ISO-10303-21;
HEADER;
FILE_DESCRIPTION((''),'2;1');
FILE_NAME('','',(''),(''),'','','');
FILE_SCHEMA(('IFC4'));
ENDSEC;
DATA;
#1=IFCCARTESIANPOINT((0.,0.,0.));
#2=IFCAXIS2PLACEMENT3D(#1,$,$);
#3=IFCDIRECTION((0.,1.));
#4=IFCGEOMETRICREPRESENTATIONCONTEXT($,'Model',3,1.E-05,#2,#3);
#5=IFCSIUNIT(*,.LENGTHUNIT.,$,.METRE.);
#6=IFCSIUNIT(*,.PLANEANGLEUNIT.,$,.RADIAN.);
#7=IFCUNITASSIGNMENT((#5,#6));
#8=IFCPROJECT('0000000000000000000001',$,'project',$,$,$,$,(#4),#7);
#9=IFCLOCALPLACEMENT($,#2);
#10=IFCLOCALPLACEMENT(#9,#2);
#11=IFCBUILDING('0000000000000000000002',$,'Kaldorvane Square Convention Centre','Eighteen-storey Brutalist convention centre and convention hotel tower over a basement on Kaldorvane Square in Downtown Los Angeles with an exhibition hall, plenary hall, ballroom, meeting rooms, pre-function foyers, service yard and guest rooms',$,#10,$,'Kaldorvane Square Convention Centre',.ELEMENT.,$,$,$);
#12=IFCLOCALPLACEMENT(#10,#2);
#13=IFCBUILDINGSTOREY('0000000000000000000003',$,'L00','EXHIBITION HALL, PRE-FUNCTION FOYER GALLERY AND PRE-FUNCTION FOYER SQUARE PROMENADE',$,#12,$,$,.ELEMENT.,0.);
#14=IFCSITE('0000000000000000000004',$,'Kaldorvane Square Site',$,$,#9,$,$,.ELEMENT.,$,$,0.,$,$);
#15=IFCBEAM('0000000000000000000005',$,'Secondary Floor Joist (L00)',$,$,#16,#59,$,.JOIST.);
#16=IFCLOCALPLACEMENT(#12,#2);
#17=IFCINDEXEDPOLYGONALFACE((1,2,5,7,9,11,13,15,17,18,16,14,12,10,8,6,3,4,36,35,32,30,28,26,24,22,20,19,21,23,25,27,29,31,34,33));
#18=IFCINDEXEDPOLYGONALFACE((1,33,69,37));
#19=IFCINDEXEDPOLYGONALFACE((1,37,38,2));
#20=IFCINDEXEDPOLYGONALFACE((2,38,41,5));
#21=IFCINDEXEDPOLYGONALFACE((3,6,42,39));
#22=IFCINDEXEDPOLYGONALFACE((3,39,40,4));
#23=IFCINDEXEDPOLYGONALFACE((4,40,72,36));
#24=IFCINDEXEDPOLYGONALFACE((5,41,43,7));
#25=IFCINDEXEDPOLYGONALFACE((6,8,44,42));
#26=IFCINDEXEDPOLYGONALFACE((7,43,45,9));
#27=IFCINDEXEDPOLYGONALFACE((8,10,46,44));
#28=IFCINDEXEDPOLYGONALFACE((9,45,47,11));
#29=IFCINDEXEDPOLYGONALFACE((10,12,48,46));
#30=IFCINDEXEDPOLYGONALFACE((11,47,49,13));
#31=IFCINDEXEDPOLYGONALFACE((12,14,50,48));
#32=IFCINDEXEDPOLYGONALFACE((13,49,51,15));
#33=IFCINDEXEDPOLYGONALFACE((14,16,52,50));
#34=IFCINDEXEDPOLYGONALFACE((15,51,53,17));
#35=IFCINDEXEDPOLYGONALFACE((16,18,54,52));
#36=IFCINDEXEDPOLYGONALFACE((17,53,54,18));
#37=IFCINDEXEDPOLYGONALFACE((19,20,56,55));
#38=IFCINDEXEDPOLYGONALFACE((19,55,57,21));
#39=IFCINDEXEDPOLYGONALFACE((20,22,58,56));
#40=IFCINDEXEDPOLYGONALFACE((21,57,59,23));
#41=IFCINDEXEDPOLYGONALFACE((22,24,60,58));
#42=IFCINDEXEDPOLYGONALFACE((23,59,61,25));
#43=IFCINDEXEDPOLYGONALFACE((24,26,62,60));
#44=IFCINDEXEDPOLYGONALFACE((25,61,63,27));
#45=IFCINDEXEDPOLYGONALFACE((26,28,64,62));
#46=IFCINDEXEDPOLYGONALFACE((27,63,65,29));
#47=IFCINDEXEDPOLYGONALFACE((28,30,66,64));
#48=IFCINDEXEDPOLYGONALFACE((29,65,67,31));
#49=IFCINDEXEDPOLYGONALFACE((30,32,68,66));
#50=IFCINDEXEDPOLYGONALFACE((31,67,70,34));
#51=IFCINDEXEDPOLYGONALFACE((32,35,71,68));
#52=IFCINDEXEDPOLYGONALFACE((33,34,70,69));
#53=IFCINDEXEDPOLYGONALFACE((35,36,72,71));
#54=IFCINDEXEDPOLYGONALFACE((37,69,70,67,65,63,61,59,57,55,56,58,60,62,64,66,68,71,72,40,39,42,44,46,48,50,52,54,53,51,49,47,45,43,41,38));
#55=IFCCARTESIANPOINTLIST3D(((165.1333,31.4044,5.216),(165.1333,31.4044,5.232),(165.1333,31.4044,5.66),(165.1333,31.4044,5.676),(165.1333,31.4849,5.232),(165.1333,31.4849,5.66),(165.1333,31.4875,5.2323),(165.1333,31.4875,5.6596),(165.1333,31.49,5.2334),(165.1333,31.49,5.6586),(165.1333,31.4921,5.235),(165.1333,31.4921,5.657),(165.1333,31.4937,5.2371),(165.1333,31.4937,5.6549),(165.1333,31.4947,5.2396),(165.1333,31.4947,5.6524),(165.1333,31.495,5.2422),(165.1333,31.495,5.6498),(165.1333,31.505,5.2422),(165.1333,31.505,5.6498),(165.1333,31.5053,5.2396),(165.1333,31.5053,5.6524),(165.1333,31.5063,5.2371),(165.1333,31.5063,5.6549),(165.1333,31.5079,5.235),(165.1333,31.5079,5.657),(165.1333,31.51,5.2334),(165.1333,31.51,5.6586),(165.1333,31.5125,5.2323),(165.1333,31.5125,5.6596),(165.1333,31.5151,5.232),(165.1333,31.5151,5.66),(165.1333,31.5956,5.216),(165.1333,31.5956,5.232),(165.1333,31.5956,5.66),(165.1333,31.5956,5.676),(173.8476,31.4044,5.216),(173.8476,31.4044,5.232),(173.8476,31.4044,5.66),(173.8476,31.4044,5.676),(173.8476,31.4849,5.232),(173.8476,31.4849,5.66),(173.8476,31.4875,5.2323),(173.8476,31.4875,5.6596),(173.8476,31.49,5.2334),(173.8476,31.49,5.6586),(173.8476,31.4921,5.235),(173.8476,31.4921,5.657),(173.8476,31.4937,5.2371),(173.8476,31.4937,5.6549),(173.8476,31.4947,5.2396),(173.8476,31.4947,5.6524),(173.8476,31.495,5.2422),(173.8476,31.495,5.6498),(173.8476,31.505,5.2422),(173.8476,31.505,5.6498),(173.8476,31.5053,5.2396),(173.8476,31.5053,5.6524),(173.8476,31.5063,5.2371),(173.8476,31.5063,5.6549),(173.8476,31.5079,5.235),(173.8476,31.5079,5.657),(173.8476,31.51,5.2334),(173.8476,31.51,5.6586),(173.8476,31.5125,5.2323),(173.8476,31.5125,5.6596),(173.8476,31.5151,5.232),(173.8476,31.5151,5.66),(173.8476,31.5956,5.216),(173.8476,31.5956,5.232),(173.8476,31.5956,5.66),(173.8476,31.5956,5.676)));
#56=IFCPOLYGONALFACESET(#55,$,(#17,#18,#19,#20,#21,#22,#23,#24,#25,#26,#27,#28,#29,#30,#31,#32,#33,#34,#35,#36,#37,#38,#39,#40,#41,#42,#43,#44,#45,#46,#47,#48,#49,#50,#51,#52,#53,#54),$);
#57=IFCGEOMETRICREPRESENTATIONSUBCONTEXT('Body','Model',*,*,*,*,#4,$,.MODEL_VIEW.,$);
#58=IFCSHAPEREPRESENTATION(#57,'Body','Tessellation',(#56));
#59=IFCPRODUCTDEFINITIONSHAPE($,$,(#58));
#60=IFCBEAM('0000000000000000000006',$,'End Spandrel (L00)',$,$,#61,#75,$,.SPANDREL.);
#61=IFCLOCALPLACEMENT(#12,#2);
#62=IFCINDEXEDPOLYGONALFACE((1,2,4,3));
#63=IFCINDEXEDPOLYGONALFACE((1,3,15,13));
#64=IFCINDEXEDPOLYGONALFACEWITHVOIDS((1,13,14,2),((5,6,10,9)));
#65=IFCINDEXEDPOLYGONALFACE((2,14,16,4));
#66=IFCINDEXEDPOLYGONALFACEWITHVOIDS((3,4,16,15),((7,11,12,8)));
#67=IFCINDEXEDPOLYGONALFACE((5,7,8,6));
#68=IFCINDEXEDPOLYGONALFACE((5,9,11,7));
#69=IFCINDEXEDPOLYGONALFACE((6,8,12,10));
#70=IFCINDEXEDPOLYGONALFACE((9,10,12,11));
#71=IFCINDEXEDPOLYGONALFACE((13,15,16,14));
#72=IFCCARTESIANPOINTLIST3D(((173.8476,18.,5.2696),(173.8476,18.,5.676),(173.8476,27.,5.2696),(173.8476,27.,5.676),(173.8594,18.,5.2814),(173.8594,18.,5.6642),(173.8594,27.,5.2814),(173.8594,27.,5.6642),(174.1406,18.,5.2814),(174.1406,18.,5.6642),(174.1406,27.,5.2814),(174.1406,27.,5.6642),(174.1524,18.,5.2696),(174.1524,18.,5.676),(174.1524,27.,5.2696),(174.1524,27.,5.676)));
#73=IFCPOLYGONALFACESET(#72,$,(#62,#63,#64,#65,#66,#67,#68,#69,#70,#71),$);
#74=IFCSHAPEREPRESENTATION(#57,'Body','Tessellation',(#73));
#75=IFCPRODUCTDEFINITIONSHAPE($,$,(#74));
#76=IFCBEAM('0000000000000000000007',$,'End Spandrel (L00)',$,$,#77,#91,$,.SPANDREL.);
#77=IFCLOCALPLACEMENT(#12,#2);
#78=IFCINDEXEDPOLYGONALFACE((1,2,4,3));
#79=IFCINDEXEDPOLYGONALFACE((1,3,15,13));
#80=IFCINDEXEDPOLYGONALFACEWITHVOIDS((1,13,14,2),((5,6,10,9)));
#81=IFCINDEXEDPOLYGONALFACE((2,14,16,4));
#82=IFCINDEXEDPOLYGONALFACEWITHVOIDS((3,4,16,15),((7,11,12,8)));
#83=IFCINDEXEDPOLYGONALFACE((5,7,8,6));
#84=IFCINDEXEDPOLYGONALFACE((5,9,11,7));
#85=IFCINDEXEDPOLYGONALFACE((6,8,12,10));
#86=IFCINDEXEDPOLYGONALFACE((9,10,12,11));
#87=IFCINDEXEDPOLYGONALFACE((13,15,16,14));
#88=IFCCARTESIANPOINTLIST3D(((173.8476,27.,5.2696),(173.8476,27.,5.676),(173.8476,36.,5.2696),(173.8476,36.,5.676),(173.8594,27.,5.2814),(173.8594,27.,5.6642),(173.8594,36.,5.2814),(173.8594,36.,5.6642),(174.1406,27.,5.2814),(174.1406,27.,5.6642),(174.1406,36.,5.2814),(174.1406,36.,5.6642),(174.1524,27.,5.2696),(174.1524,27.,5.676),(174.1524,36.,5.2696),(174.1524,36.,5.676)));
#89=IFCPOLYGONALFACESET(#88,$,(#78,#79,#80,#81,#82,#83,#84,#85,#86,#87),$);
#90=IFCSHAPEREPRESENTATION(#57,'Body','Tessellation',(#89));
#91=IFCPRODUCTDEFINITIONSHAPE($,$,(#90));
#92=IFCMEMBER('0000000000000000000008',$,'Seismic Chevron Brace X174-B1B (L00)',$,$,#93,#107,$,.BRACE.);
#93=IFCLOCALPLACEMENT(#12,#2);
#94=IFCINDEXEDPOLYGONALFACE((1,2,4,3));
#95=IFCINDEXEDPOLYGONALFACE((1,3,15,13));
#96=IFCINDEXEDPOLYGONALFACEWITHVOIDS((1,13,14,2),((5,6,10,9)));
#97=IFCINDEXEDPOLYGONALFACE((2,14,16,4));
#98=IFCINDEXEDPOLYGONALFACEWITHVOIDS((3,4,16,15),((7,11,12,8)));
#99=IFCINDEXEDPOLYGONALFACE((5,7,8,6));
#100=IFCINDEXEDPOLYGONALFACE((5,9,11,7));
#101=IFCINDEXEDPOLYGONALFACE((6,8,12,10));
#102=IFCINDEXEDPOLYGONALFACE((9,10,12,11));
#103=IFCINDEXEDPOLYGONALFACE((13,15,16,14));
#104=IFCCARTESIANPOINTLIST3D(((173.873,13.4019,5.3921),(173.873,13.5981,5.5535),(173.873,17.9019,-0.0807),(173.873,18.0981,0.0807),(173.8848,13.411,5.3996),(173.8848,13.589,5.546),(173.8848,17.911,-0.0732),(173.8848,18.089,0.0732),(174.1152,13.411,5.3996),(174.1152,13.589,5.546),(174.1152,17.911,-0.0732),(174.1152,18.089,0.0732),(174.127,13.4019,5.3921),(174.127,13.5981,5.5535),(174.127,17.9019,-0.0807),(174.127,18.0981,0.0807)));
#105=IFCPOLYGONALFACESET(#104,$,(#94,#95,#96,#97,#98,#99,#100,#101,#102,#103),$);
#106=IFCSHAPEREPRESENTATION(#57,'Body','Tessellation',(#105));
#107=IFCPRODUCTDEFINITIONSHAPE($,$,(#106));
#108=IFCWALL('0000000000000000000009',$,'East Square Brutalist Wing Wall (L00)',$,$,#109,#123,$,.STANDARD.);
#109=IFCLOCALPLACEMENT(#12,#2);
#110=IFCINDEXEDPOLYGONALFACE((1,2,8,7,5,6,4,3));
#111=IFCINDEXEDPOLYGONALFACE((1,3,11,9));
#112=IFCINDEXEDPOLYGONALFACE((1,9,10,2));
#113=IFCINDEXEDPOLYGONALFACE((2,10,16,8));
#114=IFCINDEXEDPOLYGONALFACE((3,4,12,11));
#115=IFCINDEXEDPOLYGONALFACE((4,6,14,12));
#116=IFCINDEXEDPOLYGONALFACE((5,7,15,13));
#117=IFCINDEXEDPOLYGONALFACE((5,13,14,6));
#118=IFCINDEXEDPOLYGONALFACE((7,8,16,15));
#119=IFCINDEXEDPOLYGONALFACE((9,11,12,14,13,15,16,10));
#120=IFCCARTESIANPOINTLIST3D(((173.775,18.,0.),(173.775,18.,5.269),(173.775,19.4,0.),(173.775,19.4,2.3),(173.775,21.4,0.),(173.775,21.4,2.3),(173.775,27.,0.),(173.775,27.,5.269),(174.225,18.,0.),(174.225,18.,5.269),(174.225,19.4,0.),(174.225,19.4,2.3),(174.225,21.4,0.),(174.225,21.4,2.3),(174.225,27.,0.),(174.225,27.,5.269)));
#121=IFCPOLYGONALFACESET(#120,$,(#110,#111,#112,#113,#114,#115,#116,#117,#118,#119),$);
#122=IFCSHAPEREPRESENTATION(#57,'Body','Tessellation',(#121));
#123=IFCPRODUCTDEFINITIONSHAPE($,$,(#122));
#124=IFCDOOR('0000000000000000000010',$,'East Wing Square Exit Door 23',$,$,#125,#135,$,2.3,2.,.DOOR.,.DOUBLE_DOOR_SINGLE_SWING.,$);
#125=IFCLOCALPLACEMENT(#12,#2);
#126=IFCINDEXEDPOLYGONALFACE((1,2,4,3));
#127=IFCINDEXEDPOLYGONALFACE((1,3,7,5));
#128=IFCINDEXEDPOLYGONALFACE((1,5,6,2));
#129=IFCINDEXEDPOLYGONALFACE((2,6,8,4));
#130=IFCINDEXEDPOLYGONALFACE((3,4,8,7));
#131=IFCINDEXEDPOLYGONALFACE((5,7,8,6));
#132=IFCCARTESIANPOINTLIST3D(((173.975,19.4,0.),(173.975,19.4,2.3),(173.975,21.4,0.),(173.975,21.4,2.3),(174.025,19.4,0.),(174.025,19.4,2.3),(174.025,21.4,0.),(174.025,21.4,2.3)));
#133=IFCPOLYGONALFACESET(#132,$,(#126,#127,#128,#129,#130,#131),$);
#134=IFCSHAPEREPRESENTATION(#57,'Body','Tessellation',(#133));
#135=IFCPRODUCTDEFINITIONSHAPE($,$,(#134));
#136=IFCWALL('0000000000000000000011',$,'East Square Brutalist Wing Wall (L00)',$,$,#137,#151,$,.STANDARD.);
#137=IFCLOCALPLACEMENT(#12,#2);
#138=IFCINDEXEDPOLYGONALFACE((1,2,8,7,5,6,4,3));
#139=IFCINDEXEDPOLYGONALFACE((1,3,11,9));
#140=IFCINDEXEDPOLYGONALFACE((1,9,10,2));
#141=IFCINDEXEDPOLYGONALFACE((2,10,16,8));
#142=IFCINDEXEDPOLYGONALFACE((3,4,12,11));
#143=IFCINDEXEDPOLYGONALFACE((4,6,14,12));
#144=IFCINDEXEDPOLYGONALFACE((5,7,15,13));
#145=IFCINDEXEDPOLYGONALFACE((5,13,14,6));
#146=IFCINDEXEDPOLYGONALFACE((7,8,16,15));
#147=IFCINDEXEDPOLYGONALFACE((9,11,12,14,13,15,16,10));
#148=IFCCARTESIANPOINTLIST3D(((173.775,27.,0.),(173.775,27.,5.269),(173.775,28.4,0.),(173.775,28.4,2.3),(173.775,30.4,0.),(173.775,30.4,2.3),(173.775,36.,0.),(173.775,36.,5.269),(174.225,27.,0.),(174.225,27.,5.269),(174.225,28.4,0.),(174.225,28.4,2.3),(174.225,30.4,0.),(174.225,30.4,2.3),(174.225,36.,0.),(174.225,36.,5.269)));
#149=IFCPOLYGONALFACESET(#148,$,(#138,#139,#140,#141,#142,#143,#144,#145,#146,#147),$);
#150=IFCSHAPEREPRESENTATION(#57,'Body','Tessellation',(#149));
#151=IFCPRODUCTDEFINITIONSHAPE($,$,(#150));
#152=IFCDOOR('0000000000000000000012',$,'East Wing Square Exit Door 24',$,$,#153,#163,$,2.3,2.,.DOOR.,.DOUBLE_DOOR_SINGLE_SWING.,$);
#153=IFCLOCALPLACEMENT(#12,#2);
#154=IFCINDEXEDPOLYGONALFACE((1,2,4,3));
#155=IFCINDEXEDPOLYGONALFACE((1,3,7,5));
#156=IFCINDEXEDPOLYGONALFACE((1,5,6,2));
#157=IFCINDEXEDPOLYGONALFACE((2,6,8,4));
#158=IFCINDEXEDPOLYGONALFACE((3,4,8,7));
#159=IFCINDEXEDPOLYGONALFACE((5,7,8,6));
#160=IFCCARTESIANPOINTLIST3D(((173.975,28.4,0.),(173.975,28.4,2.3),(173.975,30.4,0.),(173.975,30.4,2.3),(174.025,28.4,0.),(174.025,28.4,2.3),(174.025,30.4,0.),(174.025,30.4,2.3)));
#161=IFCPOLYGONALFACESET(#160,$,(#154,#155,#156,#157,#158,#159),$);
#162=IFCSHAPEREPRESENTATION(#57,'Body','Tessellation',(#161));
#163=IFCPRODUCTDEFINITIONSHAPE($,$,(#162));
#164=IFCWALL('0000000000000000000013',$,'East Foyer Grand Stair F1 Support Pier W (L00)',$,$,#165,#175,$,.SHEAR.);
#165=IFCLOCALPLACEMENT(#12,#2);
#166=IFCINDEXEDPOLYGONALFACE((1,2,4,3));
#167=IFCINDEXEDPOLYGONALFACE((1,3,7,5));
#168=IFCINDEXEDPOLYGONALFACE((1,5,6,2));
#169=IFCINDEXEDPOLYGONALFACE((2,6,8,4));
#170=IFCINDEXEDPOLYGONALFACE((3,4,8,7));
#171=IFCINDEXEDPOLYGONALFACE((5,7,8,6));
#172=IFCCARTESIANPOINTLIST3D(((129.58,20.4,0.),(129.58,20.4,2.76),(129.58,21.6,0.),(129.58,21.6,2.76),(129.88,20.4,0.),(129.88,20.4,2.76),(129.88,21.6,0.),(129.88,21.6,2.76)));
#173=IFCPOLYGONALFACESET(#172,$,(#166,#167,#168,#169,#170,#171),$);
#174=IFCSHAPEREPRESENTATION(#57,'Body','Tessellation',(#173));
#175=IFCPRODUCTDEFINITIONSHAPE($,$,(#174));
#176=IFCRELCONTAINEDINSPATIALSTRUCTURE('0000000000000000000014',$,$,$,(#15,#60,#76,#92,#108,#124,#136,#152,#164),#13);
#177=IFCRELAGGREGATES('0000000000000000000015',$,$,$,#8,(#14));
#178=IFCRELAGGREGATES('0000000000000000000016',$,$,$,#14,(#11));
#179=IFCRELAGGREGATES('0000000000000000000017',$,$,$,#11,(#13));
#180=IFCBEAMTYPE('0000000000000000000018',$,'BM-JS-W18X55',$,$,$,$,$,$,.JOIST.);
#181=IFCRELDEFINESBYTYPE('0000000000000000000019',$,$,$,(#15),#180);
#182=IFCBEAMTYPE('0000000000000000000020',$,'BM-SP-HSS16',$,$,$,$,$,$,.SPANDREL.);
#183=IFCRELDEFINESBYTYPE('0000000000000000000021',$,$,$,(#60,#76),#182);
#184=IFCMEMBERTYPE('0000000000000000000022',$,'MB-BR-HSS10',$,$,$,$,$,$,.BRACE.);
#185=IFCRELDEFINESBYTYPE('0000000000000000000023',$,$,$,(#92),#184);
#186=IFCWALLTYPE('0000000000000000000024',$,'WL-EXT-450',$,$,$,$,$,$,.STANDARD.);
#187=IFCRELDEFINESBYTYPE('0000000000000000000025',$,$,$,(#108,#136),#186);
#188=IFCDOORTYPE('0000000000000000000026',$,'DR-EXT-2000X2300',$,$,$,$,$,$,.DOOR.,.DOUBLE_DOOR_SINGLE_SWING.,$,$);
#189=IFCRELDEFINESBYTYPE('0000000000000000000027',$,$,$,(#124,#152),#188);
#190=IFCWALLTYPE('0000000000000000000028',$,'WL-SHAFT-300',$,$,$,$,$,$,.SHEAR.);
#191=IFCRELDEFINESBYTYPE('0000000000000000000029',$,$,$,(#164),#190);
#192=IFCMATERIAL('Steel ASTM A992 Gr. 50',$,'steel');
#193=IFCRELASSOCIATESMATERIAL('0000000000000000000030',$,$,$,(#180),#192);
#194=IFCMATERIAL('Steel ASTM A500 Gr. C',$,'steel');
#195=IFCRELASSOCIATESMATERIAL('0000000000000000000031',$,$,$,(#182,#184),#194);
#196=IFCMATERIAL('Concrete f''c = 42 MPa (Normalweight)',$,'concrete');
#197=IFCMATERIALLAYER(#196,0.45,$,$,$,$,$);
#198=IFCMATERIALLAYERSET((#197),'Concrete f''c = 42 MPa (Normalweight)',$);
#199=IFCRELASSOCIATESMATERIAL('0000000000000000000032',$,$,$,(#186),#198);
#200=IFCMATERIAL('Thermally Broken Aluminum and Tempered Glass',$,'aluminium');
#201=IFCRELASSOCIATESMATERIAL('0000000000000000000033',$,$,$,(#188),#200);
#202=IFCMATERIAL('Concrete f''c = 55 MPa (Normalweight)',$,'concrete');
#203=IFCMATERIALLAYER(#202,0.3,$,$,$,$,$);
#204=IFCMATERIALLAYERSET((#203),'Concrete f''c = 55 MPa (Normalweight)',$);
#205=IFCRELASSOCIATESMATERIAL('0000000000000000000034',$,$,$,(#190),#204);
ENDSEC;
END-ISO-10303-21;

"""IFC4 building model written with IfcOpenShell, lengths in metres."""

from ifc_helpers import new_model, si_unit, direction, frame, frame_2d, origin, origin_2d, place, context, subcontext, project, spatial, rectangle, hollow_rectangle, i_section, extrude, material, layer, layer_set, material_profile, profile_set, type_object, element, fill, save


model = new_model("IFC4")

# Units and contexts
model_context = context("Model", 3, precision=1e-05, world=origin(), true_north=direction((0.0, 1.0)))
body_context = subcontext(model_context, "Body", "Model", "MODEL_VIEW")
ifc_project = project(units=[si_unit("LENGTHUNIT", "METRE"), si_unit("PLANEANGLEUNIT", "RADIAN")], contexts=[model_context])

# Site, building, storey
site_placement = place(None, origin())
site = spatial("IfcSite", under=ifc_project, at=site_placement, Name="Kaldorvane Square Site", CompositionType="ELEMENT", RefElevation=0.0)
building_placement = place(site_placement, origin())
building = spatial("IfcBuilding", under=site, at=building_placement, Name="Kaldorvane Square Convention Centre", Description="Eighteen-storey Brutalist convention centre and convention hotel tower over a basement on Kaldorvane Square in Downtown Los Angeles with an exhibition hall, plenary hall, ballroom, meeting rooms, pre-function foyers, service yard and guest rooms", LongName="Kaldorvane Square Convention Centre", CompositionType="ELEMENT")
storey_placement = place(building_placement, origin())
storey = spatial("IfcBuildingStorey", under=building, at=storey_placement, Name="L00", Description="EXHIBITION HALL, PRE-FUNCTION FOYER GALLERY AND PRE-FUNCTION FOYER SQUARE PROMENADE", CompositionType="ELEMENT", Elevation=0.0)

# Shared definitions
ifc_material_1 = material(Name="Steel ASTM A500 Gr. C", Category="steel")
ifc_material_2 = material(Name="Concrete f'c = 55 MPa (Normalweight)", Category="concrete")
ifc_material_3 = material(Name="Steel ASTM A992 Gr. 50", Category="steel")

# Beams
ifc_material_profile_1 = material_profile(ifc_material_3, i_section(OverallWidth=0.1913, OverallDepth=0.46, WebThickness=0.0099, FlangeThickness=0.016, FilletRadius=0.0102, at=origin_2d()), Name="W18X55")
ifc_profile_set_1 = profile_set([ifc_material_profile_1], Name="Steel ASTM A992 Gr. 50")
beam_type_1 = type_object("IfcBeamType", Name="BM-JS-W18X55", PredefinedType="JOIST", material=ifc_profile_set_1)
beam_1_placement = place(storey_placement, frame((165.1333, 31.5, 5.446), z_axis=(1.0, 0.0, 0.0), x_axis=(0.0, 1.0, 0.0)))
element("IfcBeam", 1, at=beam_1_placement, inside=storey, type_object=beam_type_1, Name="Secondary Floor Joist (L00)", PredefinedType="JOIST", context=body_context, shape_type="SweptSolid", body=[
    extrude(i_section(OverallWidth=0.1913, OverallDepth=0.46, WebThickness=0.0099, FlangeThickness=0.016, FilletRadius=0.0102, at=origin_2d()), origin(), (0.0, 0.0, 1.0), 8.7143),
])
ifc_material_profile_2 = material_profile(ifc_material_1, hollow_rectangle(XDim=0.3048, YDim=0.4064, WallThickness=0.0118, at=origin_2d()), Name="HSS16X12X1/2")
ifc_profile_set_2 = profile_set([ifc_material_profile_2], Name="Steel ASTM A500 Gr. C")
beam_type_2 = type_object("IfcBeamType", Name="BM-SP-HSS16", PredefinedType="SPANDREL", material=ifc_profile_set_2)
for number, where, z_axis, x_axis, name in (
    (2, (174.0, 18.0, 5.4728), (0.0, 1.0, 0.0), (-1.0, 0.0, 0.0), "End Spandrel (L00)"),
    (3, (174.0, 27.0, 5.4728), (0.0, 1.0, 0.0), (-1.0, 0.0, 0.0), "End Spandrel (L00)"),
):
    element("IfcBeam", number, at=place(storey_placement, frame(where, z_axis=z_axis, x_axis=x_axis)), inside=storey, type_object=beam_type_2, Name=name, PredefinedType="SPANDREL", context=body_context, shape_type="SweptSolid", body=[
        extrude(hollow_rectangle(XDim=0.3048, YDim=0.4064, WallThickness=0.0118, at=origin_2d()), origin(), (0.0, 0.0, 1.0), 9.0),
    ])

# Member
ifc_material_profile_3 = material_profile(ifc_material_1, hollow_rectangle(XDim=0.254, YDim=0.254, WallThickness=0.0118, at=origin_2d()), Name="HSS10X10X1/2")
ifc_profile_set_3 = profile_set([ifc_material_profile_3], Name="Steel ASTM A500 Gr. C")
member_type = type_object("IfcMemberType", Name="MB-BR-HSS10", PredefinedType="BRACE", material=ifc_profile_set_3)
member_placement = place(storey_placement, frame((174.0, 18.0, 0.0), z_axis=(0.0, -0.635118, 0.772415), x_axis=(1.0, 0.0, 0.0)))
element("IfcMember", 4, at=member_placement, inside=storey, type_object=member_type, Name="Seismic Chevron Brace X174-B1B (L00)", PredefinedType="BRACE", context=body_context, shape_type="SweptSolid", body=[
    extrude(hollow_rectangle(XDim=0.254, YDim=0.254, WallThickness=0.0118, at=origin_2d()), origin(), (0.0, 0.0, 1.0), 7.0853),
])

# Walls, openings, doors
ifc_material_4 = material(Name="Concrete f'c = 42 MPa (Normalweight)", Category="concrete")
ifc_layer_1 = layer(ifc_material_4, 0.45)
ifc_layer_set_1 = layer_set([ifc_layer_1], Name="Concrete f'c = 42 MPa (Normalweight)")
wall_type_1 = type_object("IfcWallType", Name="WL-EXT-450", PredefinedType="STANDARD", material=ifc_layer_set_1)
wall_1_placement = place(storey_placement, frame((174.0, 18.0, 0.0), z_axis=(0.0, 0.0, 1.0), x_axis=(0.0, 1.0, 0.0)))
wall_1 = element("IfcWall", 5, at=wall_1_placement, inside=storey, type_object=wall_type_1, Name="East Square Brutalist Wing Wall (L00)", PredefinedType="STANDARD", context=body_context, shape_type="SweptSolid", body=[
    extrude(rectangle(XDim=9.0, YDim=0.45, at=frame_2d((4.5, 0.0))), origin(), (0.0, 0.0, 1.0), 5.269),
])
opening_1_placement = place(wall_1_placement, frame((1.4, 0.0, 0.0)))
opening_1 = element("IfcOpeningElement", 6, at=opening_1_placement, cuts=wall_1, PredefinedType="OPENING", context=body_context, shape_type="SweptSolid", body=[
    extrude(rectangle(XDim=2.0, YDim=2.3, at=frame_2d((1.0, 1.15))), frame((0.0, 0.24, 0.0), z_axis=(0.0, -1.0, 0.0), x_axis=(1.0, 0.0, 0.0)), (0.0, 0.0, 1.0), 0.48),
])
ifc_material_5 = material(Name="Thermally Broken Aluminum and Tempered Glass", Category="aluminium")
door_type = type_object("IfcDoorType", Name="DR-EXT-2000X2300", OperationType="DOUBLE_DOOR_SINGLE_SWING", PredefinedType="DOOR", material=ifc_material_5)
door_1_placement = place(opening_1_placement, origin())
door_1 = element("IfcDoor", 7, at=door_1_placement, inside=storey, type_object=door_type, Name="East Wing Square Exit Door 23", OperationType="DOUBLE_DOOR_SINGLE_SWING", OverallHeight=2.3, OverallWidth=2.0, PredefinedType="DOOR", context=body_context, shape_type="SweptSolid", body=[
    extrude(rectangle(XDim=2.0, YDim=2.3, at=frame_2d((1.0, 1.15))), frame((0.0, 0.025, 0.0), z_axis=(0.0, -1.0, 0.0), x_axis=(1.0, 0.0, 0.0)), (0.0, 0.0, 1.0), 0.05),
])
fill(opening_1, door_1)
wall_2_placement = place(storey_placement, frame((174.0, 27.0, 0.0), z_axis=(0.0, 0.0, 1.0), x_axis=(0.0, 1.0, 0.0)))
wall_2 = element("IfcWall", 8, at=wall_2_placement, inside=storey, type_object=wall_type_1, Name="East Square Brutalist Wing Wall (L00)", PredefinedType="STANDARD", context=body_context, shape_type="SweptSolid", body=[
    extrude(rectangle(XDim=9.0, YDim=0.45, at=frame_2d((4.5, 0.0))), origin(), (0.0, 0.0, 1.0), 5.269),
])
opening_2_placement = place(wall_2_placement, frame((1.4, 0.0, 0.0)))
opening_2 = element("IfcOpeningElement", 9, at=opening_2_placement, cuts=wall_2, PredefinedType="OPENING", context=body_context, shape_type="SweptSolid", body=[
    extrude(rectangle(XDim=2.0, YDim=2.3, at=frame_2d((1.0, 1.15))), frame((0.0, 0.24, 0.0), z_axis=(0.0, -1.0, 0.0), x_axis=(1.0, 0.0, 0.0)), (0.0, 0.0, 1.0), 0.48),
])
door_2_placement = place(opening_2_placement, origin())
door_2 = element("IfcDoor", 10, at=door_2_placement, inside=storey, type_object=door_type, Name="East Wing Square Exit Door 24", OperationType="DOUBLE_DOOR_SINGLE_SWING", OverallHeight=2.3, OverallWidth=2.0, PredefinedType="DOOR", context=body_context, shape_type="SweptSolid", body=[
    extrude(rectangle(XDim=2.0, YDim=2.3, at=frame_2d((1.0, 1.15))), frame((0.0, 0.025, 0.0), z_axis=(0.0, -1.0, 0.0), x_axis=(1.0, 0.0, 0.0)), (0.0, 0.0, 1.0), 0.05),
])
fill(opening_2, door_2)

# Wall
ifc_layer_2 = layer(ifc_material_2, 0.3)
ifc_layer_set_2 = layer_set([ifc_layer_2], Name="Concrete f'c = 55 MPa (Normalweight)")
wall_type_2 = type_object("IfcWallType", Name="WL-SHAFT-300", PredefinedType="SHEAR", material=ifc_layer_set_2)
wall_3_placement = place(storey_placement, frame((129.73, 20.4, 0.0), z_axis=(0.0, 0.0, 1.0), x_axis=(0.0, 1.0, 0.0)))
element("IfcWall", 11, at=wall_3_placement, inside=storey, type_object=wall_type_2, Name="East Foyer Grand Stair F1 Support Pier W (L00)", PredefinedType="SHEAR", context=body_context, shape_type="SweptSolid", body=[
    extrude(rectangle(XDim=1.2, YDim=0.3, at=frame_2d((0.6, 0.0))), origin(), (0.0, 0.0, 1.0), 2.76),
])

save(model, "model.ifc")
